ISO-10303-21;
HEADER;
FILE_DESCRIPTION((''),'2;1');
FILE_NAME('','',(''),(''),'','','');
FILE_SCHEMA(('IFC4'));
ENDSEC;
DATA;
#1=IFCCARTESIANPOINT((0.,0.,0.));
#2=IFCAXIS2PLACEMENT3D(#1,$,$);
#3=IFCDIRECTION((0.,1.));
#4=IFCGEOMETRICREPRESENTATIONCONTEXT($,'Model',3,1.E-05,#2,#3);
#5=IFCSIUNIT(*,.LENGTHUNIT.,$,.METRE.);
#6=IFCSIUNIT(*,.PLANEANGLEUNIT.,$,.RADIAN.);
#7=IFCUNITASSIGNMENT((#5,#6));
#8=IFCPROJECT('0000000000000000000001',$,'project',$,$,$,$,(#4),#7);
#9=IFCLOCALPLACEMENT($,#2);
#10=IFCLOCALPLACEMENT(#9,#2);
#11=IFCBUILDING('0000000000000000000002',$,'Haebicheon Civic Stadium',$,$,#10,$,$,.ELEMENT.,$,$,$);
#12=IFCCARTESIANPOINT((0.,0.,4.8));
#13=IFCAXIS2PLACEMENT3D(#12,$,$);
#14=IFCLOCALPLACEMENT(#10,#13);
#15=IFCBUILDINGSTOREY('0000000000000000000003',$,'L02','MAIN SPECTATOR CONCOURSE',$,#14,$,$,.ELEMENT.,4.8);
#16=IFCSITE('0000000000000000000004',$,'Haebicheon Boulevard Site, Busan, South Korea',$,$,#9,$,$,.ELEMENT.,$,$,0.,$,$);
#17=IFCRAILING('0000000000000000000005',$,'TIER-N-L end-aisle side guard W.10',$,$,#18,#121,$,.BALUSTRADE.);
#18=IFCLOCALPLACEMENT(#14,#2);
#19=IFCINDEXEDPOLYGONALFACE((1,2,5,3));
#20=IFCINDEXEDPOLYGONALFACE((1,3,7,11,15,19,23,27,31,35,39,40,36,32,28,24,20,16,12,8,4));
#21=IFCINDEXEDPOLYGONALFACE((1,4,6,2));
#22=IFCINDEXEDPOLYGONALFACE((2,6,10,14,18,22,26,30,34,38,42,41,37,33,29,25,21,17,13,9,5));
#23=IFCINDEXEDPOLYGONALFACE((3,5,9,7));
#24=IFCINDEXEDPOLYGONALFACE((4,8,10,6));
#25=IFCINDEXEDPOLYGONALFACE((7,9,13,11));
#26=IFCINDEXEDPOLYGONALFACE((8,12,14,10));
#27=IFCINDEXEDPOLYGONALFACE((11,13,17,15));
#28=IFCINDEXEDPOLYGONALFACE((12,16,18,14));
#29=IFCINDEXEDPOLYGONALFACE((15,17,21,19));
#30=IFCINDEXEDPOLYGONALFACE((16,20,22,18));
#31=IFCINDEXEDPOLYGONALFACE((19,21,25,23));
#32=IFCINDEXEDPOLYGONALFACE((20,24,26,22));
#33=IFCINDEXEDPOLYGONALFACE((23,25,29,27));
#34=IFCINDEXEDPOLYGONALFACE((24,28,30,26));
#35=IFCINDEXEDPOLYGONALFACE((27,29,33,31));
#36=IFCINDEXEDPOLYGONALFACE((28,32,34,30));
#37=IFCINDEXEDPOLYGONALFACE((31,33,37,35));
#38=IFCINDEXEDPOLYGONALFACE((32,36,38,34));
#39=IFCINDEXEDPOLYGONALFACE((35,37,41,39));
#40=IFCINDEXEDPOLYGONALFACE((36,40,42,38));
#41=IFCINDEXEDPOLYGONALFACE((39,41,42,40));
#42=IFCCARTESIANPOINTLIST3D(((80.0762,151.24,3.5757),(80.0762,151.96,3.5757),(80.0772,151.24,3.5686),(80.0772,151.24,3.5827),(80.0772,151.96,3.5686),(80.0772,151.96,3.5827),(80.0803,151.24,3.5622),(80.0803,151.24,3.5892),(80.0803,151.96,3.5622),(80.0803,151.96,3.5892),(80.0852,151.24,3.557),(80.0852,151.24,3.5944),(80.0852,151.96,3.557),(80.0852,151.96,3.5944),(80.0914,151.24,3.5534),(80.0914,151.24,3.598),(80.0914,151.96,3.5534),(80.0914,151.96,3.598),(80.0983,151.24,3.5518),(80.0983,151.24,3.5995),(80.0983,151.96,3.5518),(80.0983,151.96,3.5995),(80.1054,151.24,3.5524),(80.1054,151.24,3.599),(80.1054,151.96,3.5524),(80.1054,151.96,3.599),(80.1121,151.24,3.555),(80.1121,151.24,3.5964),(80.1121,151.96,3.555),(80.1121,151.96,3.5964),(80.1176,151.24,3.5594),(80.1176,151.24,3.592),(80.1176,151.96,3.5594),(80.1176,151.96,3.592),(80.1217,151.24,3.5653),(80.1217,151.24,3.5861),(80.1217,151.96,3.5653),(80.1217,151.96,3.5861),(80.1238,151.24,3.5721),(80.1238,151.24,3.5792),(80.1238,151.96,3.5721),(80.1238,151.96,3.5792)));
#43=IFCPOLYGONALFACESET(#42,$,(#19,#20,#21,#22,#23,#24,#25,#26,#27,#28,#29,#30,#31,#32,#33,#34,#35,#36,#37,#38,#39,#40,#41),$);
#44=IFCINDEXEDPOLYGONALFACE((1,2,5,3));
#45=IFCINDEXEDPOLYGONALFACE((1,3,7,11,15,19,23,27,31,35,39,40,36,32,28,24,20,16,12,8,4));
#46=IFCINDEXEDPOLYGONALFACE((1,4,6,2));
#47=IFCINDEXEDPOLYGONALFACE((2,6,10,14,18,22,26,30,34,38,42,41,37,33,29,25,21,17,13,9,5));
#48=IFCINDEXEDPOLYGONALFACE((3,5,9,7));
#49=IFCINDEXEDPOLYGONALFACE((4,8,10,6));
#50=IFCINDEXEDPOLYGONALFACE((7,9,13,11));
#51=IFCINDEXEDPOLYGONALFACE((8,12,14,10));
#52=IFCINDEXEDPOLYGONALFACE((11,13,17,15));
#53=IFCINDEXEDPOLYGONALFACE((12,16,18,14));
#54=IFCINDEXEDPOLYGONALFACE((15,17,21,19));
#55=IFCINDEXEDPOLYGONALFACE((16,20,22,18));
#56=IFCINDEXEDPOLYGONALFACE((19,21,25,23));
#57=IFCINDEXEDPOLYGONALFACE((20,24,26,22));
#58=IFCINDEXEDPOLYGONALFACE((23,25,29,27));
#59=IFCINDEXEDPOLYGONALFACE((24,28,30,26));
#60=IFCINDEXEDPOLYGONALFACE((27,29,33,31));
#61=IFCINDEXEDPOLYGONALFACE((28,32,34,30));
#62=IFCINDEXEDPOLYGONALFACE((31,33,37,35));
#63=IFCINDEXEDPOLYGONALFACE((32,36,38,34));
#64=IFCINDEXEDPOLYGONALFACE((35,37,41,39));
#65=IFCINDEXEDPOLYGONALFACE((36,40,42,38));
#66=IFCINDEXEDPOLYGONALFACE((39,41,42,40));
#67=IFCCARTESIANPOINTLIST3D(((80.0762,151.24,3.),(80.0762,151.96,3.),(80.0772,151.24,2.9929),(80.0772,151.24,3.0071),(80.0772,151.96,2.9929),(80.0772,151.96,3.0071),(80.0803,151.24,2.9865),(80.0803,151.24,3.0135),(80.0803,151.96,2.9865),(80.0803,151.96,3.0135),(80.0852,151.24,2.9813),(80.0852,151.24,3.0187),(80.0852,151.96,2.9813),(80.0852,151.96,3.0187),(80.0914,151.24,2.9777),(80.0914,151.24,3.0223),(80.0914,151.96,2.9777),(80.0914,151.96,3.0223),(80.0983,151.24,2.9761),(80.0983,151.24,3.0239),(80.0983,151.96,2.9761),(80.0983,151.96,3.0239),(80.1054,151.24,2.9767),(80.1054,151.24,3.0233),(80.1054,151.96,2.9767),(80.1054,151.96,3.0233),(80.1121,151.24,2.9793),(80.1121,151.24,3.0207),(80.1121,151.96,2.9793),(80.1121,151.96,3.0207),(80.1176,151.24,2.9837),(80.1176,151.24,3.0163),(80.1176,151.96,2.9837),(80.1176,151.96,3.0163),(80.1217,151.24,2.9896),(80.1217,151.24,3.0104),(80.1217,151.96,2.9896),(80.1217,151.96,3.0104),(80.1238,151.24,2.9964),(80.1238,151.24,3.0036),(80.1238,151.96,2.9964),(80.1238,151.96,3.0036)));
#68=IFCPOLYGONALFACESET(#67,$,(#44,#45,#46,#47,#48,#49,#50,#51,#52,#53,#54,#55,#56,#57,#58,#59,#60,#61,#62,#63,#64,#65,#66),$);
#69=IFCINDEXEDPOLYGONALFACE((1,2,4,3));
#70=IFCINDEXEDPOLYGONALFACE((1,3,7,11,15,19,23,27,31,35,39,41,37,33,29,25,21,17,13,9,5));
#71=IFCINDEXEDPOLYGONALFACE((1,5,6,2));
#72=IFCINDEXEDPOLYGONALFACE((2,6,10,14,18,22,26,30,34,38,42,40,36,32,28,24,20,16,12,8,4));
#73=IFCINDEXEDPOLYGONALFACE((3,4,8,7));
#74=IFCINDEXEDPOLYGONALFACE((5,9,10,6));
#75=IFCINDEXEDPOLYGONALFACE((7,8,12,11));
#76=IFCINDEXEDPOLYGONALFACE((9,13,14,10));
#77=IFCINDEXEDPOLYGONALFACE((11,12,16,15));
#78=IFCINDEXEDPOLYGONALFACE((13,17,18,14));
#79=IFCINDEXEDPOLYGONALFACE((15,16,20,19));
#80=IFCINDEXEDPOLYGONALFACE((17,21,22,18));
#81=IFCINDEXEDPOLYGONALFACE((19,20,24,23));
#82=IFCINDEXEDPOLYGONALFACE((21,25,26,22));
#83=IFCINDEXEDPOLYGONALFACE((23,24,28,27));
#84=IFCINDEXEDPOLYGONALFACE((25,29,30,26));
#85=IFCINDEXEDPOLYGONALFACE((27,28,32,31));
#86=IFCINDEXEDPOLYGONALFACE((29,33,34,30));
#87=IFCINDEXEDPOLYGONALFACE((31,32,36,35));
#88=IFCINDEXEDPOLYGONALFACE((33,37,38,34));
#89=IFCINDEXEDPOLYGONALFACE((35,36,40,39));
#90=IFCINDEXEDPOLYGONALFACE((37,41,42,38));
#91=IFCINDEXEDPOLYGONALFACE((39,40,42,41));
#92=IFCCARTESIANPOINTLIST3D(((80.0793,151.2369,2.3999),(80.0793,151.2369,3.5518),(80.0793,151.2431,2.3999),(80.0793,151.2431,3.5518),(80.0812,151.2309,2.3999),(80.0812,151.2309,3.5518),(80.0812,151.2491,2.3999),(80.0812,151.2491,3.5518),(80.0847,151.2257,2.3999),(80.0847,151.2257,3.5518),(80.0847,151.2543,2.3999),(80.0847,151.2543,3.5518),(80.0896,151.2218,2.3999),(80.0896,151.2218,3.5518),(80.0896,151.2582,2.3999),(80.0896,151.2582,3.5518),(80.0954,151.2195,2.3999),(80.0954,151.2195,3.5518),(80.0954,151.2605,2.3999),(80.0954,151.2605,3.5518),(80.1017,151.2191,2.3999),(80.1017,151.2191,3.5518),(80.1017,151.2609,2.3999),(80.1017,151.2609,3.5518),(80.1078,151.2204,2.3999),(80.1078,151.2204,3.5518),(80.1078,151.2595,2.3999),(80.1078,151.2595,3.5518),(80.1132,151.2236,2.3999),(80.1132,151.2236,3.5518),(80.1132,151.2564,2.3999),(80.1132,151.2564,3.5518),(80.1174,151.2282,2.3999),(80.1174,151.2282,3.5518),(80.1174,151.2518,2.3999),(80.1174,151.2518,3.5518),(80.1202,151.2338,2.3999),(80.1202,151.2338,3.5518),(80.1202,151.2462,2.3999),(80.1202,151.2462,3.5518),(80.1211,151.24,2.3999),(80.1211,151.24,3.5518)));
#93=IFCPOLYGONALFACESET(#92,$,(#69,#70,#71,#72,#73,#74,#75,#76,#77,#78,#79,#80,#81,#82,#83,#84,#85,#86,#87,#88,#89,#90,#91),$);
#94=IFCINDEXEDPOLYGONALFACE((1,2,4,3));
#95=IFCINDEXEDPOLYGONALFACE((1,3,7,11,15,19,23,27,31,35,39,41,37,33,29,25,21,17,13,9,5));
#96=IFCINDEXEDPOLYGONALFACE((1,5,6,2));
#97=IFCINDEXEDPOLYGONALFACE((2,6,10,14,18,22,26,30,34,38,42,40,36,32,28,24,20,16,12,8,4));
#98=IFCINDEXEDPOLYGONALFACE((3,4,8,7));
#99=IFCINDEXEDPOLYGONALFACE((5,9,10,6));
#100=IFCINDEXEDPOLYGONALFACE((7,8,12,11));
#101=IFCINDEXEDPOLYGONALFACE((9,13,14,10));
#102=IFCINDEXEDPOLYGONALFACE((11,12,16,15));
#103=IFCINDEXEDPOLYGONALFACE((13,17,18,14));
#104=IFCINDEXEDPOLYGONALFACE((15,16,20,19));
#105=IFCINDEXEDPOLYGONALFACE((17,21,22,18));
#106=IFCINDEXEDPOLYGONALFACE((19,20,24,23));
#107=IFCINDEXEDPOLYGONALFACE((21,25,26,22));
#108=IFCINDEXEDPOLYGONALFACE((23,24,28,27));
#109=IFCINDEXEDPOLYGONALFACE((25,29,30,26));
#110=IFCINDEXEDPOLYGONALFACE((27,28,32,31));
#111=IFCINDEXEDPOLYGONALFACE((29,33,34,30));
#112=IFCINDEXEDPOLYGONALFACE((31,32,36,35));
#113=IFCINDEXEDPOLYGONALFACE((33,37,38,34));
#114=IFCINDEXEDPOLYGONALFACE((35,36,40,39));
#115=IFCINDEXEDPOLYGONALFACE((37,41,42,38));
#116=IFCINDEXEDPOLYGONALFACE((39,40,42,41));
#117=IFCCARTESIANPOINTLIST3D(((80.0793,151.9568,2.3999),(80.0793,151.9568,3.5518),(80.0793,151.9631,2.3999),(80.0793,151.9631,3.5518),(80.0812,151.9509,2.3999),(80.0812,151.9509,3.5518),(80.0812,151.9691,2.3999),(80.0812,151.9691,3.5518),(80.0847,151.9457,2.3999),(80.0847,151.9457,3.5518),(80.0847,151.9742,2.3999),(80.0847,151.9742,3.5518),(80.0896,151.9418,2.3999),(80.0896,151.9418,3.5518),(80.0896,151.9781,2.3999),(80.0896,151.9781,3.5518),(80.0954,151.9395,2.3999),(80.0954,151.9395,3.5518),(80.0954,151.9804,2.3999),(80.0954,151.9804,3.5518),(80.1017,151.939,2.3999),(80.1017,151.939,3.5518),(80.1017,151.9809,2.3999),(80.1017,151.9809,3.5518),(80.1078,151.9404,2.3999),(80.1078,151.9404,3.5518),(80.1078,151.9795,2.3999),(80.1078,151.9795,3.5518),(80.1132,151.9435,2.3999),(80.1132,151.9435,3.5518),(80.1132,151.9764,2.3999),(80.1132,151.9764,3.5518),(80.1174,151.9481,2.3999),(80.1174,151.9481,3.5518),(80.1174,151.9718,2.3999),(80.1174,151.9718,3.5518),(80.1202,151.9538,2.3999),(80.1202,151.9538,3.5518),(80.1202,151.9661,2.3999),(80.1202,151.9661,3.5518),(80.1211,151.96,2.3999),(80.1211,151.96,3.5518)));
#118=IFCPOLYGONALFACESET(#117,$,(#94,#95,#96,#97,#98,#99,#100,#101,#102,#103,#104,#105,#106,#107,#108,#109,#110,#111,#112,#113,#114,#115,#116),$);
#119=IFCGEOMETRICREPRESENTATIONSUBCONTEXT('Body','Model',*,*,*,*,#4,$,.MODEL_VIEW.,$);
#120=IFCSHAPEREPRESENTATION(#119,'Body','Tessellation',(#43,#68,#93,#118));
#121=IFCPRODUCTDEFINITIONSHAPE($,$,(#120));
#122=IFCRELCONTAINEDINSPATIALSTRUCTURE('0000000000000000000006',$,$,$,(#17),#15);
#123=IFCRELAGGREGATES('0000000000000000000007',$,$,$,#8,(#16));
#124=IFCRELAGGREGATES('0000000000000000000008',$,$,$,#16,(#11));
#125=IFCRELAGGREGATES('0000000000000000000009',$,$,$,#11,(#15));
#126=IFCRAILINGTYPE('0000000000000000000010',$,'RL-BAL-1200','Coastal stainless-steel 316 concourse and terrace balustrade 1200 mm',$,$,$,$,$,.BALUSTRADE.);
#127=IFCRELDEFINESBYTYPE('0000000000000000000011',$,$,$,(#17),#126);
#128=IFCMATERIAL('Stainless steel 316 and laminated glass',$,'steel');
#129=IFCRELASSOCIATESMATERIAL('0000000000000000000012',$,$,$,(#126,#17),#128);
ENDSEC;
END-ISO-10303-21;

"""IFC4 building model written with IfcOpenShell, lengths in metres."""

from ifc_helpers import new_model, si_unit, direction, frame, origin, origin_2d, place, context, subcontext, project, spatial, circle, extrude, material, type_object, element, save


model = new_model("IFC4")

# Units and contexts
model_context = context("Model", 3, precision=1e-05, world=origin(), true_north=direction((0.0, 1.0)))
body_context = subcontext(model_context, "Body", "Model", "MODEL_VIEW")
ifc_project = project(units=[si_unit("LENGTHUNIT", "METRE"), si_unit("PLANEANGLEUNIT", "RADIAN")], contexts=[model_context])

# Site, building, storey
site_placement = place(None, origin())
site = spatial("IfcSite", under=ifc_project, at=site_placement, Name="Haebicheon Boulevard Site, Busan, South Korea", CompositionType="ELEMENT", RefElevation=0.0)
building_placement = place(site_placement, origin())
building = spatial("IfcBuilding", under=site, at=building_placement, Name="Haebicheon Civic Stadium", CompositionType="ELEMENT")
storey_placement = place(building_placement, frame((0.0, 0.0, 4.8)))
storey = spatial("IfcBuildingStorey", under=building, at=storey_placement, Name="L02", Description="MAIN SPECTATOR CONCOURSE", CompositionType="ELEMENT", Elevation=4.8)

# Railing
ifc_material_1 = material(Name="Stainless steel 316 and laminated glass", Category="steel")
railing_type_1 = type_object("IfcRailingType", Name="RL-BAL-1200", Description="Coastal stainless-steel 316 concourse and terrace balustrade 1200 mm", PredefinedType="BALUSTRADE", material=ifc_material_1)
for number, where, name in (
    (1, (80.1001, 151.24, 2.3999), "TIER-N-L end-aisle side guard W.10"),
):
    element("IfcRailing", number, at=place(storey_placement, frame(where)), inside=storey, type_object=railing_type_1, material=ifc_material_1, Name=name, PredefinedType="BALUSTRADE", context=body_context, shape_type="SweptSolid", body=[
        extrude(circle(Radius=0.0239, at=origin_2d()), frame((0.0, 0.0, 1.1758), z_axis=(0.0, 1.0, 0.0), x_axis=(-1.0, 0.0, 0.0)), (0.0, 0.0, 1.0), 0.72),
        extrude(circle(Radius=0.0239, at=origin_2d()), frame((0.0, 0.0, 0.6001), z_axis=(0.0, 1.0, 0.0), x_axis=(-1.0, 0.0, 0.0)), (0.0, 0.0, 1.0), 0.72),
        extrude(circle(Radius=0.021, at=origin_2d()), origin(), (0.0, 0.0, 1.0), 1.1519),
        extrude(circle(Radius=0.021, at=origin_2d()), frame((0.0, 0.72, 0.0)), (0.0, 0.0, 1.0), 1.1519),
    ])

save(model, "model.ifc")
